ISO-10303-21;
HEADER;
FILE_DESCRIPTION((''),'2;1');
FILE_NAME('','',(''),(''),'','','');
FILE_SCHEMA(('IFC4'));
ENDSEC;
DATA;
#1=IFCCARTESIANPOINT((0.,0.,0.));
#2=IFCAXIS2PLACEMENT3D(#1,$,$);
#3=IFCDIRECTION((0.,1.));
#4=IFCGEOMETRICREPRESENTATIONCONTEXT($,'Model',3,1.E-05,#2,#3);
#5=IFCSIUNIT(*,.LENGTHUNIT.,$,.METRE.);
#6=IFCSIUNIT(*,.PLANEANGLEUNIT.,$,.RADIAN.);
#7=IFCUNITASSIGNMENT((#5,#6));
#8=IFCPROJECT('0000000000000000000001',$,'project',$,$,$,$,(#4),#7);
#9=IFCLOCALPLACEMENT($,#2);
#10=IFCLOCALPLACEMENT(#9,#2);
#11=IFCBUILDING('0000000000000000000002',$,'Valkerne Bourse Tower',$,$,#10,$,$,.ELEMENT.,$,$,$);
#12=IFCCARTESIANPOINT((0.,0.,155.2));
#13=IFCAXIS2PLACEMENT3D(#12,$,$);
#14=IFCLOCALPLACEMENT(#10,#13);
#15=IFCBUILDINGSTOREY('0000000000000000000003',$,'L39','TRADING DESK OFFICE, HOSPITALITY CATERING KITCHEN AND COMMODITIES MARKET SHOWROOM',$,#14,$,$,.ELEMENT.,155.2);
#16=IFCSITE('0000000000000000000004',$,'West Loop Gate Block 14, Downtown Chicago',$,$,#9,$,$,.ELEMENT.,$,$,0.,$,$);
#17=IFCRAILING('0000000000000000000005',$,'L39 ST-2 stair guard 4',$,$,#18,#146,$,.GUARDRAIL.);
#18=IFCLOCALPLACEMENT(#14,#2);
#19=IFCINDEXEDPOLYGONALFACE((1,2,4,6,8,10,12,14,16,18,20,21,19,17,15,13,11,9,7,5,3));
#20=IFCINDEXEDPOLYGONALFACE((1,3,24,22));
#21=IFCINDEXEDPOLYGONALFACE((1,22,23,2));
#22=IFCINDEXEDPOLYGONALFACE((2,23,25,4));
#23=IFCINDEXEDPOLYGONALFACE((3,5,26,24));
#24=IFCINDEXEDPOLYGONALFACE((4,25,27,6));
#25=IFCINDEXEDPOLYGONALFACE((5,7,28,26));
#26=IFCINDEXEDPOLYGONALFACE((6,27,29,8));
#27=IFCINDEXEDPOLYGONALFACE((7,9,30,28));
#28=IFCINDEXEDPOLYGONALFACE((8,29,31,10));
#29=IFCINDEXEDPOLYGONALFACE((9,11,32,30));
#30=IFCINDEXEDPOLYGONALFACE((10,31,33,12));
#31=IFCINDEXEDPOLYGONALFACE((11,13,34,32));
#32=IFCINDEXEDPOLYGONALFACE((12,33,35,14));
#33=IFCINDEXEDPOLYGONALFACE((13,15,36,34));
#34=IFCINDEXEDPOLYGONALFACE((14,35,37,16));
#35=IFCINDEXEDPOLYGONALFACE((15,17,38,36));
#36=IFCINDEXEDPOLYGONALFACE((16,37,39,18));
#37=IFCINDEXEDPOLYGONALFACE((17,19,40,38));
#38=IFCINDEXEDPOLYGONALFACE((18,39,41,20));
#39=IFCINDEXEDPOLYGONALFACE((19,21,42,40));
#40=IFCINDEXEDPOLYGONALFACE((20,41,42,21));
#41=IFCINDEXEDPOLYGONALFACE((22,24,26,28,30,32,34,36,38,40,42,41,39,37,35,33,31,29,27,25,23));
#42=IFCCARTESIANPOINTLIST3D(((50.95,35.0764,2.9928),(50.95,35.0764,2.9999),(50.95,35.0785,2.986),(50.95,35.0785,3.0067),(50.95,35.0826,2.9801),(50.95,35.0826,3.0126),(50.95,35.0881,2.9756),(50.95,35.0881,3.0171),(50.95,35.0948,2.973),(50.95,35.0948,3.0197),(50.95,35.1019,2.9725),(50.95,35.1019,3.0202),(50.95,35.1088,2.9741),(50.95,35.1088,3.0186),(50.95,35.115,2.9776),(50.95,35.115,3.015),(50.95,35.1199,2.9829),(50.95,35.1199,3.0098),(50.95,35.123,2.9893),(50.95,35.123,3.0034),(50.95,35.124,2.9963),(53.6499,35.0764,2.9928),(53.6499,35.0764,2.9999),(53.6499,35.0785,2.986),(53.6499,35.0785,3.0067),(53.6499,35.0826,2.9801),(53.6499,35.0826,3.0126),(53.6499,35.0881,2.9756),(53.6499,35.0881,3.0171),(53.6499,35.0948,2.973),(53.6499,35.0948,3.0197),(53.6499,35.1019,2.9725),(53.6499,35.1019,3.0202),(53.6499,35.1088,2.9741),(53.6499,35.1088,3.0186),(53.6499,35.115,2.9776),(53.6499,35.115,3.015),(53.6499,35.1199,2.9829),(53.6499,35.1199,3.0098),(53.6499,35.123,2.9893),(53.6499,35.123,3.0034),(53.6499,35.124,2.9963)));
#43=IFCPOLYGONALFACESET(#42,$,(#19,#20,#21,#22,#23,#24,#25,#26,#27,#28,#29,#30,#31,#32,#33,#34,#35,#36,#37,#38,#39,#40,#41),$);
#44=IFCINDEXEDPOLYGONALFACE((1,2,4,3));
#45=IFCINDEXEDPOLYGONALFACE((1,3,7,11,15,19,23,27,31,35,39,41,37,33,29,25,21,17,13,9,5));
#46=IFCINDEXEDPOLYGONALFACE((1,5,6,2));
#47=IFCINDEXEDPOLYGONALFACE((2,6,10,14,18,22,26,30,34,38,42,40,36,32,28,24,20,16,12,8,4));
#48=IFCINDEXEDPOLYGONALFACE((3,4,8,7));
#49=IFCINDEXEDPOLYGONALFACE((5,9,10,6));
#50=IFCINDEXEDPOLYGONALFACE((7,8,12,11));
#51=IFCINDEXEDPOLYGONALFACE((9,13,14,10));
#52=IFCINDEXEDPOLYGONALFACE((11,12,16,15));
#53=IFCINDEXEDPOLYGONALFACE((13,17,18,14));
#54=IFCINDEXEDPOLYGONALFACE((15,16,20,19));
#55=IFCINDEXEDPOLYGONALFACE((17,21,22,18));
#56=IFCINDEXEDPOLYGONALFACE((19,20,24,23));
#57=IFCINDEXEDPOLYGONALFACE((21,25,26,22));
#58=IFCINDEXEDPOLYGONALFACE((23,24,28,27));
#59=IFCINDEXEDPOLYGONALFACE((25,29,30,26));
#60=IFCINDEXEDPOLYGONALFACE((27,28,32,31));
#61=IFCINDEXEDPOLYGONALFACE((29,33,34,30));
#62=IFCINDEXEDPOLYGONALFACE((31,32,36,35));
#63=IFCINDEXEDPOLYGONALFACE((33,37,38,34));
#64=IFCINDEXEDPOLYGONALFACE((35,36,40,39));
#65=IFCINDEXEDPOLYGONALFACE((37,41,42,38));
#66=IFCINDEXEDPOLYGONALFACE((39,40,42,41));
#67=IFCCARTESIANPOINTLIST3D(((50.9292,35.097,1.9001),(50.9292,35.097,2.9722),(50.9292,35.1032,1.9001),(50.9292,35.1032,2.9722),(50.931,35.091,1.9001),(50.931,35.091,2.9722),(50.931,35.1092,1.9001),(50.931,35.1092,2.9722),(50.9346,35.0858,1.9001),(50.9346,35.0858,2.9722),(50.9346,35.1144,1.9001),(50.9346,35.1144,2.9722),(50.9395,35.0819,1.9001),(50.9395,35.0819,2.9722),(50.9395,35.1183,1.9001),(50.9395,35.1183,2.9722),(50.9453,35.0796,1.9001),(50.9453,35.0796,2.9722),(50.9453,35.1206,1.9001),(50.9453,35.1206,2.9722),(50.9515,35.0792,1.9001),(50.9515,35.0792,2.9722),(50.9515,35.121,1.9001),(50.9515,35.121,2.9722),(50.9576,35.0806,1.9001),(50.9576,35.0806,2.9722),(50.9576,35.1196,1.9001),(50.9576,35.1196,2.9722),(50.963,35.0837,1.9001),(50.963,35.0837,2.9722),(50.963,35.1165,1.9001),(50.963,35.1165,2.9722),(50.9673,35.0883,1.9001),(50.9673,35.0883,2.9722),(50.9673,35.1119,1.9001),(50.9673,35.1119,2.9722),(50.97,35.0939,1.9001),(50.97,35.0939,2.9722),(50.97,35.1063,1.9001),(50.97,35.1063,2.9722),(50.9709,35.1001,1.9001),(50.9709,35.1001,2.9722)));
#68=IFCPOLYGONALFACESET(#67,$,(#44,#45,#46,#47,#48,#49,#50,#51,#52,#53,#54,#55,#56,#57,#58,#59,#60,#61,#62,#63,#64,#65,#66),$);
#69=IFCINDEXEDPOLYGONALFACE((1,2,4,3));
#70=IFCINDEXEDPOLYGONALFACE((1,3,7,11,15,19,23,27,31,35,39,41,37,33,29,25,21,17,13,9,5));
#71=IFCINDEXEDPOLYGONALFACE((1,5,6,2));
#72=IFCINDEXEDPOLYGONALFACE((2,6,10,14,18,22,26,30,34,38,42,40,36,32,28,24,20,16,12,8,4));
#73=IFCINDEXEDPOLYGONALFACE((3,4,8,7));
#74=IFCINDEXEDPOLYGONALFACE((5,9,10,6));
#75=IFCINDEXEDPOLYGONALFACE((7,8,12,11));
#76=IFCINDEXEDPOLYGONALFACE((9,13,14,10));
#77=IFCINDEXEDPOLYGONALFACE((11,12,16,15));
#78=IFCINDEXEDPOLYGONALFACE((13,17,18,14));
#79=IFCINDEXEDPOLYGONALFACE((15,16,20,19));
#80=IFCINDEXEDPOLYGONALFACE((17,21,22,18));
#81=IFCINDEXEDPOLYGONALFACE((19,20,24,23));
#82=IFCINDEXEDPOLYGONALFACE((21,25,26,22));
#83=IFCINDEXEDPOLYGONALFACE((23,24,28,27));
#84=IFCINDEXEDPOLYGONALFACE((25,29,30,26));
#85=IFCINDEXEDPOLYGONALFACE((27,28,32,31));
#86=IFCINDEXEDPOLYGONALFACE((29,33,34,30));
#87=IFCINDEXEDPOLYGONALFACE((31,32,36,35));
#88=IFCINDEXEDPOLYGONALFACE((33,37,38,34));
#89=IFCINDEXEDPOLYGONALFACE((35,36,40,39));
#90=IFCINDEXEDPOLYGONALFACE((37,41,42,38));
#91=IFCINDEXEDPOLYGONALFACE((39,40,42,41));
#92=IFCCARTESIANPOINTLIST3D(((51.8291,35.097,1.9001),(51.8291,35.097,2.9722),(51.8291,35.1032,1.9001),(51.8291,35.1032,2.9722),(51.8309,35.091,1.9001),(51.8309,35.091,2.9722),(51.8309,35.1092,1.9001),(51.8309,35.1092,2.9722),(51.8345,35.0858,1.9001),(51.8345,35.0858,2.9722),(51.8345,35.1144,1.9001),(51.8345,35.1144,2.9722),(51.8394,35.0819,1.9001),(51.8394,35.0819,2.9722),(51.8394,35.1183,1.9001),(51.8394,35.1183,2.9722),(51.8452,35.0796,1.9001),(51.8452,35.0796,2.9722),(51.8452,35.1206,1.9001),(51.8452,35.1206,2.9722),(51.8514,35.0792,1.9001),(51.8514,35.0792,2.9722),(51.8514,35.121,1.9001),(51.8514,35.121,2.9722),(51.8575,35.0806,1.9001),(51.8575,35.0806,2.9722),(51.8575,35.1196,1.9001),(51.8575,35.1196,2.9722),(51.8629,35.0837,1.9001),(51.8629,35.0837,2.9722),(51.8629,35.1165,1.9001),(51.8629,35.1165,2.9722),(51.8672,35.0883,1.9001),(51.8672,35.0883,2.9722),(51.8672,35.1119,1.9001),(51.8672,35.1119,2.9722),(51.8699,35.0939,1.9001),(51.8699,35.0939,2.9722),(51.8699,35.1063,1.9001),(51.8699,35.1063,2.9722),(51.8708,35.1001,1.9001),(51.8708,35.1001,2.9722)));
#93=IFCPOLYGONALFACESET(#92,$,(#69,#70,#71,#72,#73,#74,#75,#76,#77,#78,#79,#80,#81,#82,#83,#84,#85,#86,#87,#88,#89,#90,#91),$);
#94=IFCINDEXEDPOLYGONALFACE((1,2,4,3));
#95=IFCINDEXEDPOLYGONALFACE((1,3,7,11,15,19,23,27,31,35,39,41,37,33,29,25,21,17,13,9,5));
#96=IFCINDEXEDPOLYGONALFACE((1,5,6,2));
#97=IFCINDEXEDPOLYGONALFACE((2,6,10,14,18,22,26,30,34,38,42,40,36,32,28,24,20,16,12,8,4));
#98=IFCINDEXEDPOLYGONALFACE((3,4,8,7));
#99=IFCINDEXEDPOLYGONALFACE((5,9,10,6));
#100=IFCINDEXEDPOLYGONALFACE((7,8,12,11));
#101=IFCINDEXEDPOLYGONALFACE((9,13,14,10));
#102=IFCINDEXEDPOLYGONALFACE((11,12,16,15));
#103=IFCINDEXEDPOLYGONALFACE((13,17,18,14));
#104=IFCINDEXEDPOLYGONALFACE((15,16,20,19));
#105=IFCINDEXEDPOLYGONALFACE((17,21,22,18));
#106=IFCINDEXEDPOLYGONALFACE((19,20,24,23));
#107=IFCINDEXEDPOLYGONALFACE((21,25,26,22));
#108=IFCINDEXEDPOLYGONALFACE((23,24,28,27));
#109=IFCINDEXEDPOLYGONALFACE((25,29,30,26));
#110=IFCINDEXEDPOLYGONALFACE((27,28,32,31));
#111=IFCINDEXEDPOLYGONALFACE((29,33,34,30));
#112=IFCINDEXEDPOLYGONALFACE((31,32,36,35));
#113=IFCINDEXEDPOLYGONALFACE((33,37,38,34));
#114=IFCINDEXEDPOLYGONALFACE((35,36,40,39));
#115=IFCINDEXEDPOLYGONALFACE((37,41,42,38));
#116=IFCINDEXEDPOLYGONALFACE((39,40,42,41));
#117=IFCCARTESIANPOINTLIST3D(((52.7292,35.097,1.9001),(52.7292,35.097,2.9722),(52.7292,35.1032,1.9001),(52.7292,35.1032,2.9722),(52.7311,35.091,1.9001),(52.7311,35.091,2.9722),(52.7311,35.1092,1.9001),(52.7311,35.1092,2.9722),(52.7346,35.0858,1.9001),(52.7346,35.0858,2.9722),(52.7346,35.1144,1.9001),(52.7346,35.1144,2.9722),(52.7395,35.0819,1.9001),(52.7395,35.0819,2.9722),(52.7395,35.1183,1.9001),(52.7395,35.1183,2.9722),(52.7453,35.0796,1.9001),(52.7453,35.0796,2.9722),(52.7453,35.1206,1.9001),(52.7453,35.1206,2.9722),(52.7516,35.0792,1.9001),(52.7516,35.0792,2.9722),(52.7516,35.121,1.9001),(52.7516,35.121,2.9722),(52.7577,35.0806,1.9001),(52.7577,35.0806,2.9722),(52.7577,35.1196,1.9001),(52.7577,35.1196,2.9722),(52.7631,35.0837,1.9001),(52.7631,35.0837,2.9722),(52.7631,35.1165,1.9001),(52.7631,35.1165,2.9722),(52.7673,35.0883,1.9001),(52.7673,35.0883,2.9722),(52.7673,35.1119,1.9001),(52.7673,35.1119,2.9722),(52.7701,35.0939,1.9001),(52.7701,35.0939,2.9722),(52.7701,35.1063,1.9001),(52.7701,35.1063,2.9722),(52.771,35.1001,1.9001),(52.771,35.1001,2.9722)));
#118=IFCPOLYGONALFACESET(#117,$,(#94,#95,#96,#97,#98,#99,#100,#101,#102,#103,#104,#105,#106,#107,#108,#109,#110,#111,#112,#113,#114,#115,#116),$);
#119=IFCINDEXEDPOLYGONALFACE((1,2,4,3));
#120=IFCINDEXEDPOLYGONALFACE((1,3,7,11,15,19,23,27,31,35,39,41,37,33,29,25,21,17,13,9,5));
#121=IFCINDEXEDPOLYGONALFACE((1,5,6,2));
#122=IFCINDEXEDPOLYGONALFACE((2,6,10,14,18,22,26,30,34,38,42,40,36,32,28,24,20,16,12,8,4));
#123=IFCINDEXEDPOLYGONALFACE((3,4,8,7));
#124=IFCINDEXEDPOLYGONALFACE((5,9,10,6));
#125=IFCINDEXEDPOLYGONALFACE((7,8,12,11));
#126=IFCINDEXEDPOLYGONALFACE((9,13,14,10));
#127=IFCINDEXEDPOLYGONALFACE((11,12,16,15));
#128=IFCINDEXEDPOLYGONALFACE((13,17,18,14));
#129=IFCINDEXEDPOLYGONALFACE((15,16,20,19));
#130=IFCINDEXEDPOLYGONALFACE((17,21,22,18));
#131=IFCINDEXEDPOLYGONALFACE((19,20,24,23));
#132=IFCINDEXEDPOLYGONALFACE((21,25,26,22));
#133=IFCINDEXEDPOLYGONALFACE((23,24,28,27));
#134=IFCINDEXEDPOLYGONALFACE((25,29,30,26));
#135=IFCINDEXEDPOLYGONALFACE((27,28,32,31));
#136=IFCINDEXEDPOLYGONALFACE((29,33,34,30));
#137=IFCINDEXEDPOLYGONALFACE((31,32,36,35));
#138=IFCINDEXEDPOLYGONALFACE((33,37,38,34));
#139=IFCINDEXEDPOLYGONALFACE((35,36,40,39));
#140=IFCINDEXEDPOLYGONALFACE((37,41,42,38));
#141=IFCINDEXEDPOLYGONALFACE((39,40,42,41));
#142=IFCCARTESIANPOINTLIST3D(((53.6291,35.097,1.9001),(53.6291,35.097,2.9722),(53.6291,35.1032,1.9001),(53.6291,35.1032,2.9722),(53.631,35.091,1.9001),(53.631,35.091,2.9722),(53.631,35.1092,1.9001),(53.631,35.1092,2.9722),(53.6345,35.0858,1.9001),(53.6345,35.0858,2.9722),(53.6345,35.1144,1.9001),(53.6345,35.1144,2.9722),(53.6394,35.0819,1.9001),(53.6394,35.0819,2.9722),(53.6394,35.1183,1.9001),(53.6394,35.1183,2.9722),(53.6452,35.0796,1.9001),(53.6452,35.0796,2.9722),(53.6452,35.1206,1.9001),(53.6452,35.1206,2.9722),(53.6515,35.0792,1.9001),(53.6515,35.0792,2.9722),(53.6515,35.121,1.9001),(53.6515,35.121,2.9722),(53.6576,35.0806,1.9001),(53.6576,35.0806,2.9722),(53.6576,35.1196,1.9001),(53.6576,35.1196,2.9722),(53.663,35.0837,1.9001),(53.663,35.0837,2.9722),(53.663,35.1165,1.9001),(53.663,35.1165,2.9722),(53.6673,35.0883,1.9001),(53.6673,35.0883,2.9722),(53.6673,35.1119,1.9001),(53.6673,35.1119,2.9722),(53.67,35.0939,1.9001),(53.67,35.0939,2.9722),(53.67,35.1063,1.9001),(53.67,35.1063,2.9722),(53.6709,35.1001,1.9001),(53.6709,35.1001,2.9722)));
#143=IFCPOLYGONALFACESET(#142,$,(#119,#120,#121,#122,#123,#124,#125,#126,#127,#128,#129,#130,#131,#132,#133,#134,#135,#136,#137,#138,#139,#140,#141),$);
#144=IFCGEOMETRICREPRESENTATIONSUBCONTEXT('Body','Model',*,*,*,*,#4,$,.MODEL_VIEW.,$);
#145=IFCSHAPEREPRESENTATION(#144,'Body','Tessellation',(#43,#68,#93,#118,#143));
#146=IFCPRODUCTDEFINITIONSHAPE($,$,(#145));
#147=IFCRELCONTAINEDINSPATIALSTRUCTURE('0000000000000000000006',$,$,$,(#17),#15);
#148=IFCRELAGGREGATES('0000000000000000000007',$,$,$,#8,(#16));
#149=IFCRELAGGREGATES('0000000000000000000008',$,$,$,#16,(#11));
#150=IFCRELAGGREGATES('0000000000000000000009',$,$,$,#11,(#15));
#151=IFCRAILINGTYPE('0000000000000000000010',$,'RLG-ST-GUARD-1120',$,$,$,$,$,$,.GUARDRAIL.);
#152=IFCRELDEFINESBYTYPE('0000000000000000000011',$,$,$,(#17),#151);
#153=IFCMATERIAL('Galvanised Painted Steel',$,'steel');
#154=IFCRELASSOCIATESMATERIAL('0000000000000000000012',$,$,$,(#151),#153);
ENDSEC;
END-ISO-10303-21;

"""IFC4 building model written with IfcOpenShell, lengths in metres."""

from ifc_helpers import new_model, si_unit, direction, frame, origin, origin_2d, place, context, subcontext, project, spatial, circle, extrude, material, type_object, element, save


model = new_model("IFC4")

# Units and contexts
model_context = context("Model", 3, precision=1e-05, world=origin(), true_north=direction((0.0, 1.0)))
body_context = subcontext(model_context, "Body", "Model", "MODEL_VIEW")
ifc_project = project(units=[si_unit("LENGTHUNIT", "METRE"), si_unit("PLANEANGLEUNIT", "RADIAN")], contexts=[model_context])

# Site, building, storey
site_placement = place(None, origin())
site = spatial("IfcSite", under=ifc_project, at=site_placement, Name="West Loop Gate Block 14, Downtown Chicago", CompositionType="ELEMENT", RefElevation=0.0)
building_placement = place(site_placement, origin())
building = spatial("IfcBuilding", under=site, at=building_placement, Name="Valkerne Bourse Tower", CompositionType="ELEMENT")
storey_placement = place(building_placement, frame((0.0, 0.0, 155.2)))
storey = spatial("IfcBuildingStorey", under=building, at=storey_placement, Name="L39", Description="TRADING DESK OFFICE, HOSPITALITY CATERING KITCHEN AND COMMODITIES MARKET SHOWROOM", CompositionType="ELEMENT", Elevation=155.2)

# Shared definitions
ifc_material_1 = material(Name="Galvanised Painted Steel", Category="steel")

# Railing
railing_type_1 = type_object("IfcRailingType", Name="RLG-ST-GUARD-1120", PredefinedType="GUARDRAIL", material=ifc_material_1)
for number, where, name in (
    (1, (50.95, 35.1001, 1.9001), "L39 ST-2 stair guard 4"),
):
    element("IfcRailing", number, at=place(storey_placement, frame(where)), inside=storey, type_object=railing_type_1, Name=name, PredefinedType="GUARDRAIL", context=body_context, shape_type="SweptSolid", body=[
        extrude(circle(Radius=0.0239, at=origin_2d()), frame((0.0, 0.0, 1.0962), z_axis=(1.0, 0.0, 0.0), x_axis=(0.0, 1.0, 0.0)), (0.0, 0.0, 1.0), 2.7),
        extrude(circle(Radius=0.021, at=origin_2d()), origin(), (0.0, 0.0, 1.0), 1.072),
        extrude(circle(Radius=0.021, at=origin_2d()), frame((0.8999, 0.0, 0.0)), (0.0, 0.0, 1.0), 1.072),
        extrude(circle(Radius=0.021, at=origin_2d()), frame((1.8, 0.0, 0.0)), (0.0, 0.0, 1.0), 1.072),
        extrude(circle(Radius=0.021, at=origin_2d()), frame((2.7, 0.0, 0.0)), (0.0, 0.0, 1.0), 1.072),
    ])

save(model, "model.ifc")
